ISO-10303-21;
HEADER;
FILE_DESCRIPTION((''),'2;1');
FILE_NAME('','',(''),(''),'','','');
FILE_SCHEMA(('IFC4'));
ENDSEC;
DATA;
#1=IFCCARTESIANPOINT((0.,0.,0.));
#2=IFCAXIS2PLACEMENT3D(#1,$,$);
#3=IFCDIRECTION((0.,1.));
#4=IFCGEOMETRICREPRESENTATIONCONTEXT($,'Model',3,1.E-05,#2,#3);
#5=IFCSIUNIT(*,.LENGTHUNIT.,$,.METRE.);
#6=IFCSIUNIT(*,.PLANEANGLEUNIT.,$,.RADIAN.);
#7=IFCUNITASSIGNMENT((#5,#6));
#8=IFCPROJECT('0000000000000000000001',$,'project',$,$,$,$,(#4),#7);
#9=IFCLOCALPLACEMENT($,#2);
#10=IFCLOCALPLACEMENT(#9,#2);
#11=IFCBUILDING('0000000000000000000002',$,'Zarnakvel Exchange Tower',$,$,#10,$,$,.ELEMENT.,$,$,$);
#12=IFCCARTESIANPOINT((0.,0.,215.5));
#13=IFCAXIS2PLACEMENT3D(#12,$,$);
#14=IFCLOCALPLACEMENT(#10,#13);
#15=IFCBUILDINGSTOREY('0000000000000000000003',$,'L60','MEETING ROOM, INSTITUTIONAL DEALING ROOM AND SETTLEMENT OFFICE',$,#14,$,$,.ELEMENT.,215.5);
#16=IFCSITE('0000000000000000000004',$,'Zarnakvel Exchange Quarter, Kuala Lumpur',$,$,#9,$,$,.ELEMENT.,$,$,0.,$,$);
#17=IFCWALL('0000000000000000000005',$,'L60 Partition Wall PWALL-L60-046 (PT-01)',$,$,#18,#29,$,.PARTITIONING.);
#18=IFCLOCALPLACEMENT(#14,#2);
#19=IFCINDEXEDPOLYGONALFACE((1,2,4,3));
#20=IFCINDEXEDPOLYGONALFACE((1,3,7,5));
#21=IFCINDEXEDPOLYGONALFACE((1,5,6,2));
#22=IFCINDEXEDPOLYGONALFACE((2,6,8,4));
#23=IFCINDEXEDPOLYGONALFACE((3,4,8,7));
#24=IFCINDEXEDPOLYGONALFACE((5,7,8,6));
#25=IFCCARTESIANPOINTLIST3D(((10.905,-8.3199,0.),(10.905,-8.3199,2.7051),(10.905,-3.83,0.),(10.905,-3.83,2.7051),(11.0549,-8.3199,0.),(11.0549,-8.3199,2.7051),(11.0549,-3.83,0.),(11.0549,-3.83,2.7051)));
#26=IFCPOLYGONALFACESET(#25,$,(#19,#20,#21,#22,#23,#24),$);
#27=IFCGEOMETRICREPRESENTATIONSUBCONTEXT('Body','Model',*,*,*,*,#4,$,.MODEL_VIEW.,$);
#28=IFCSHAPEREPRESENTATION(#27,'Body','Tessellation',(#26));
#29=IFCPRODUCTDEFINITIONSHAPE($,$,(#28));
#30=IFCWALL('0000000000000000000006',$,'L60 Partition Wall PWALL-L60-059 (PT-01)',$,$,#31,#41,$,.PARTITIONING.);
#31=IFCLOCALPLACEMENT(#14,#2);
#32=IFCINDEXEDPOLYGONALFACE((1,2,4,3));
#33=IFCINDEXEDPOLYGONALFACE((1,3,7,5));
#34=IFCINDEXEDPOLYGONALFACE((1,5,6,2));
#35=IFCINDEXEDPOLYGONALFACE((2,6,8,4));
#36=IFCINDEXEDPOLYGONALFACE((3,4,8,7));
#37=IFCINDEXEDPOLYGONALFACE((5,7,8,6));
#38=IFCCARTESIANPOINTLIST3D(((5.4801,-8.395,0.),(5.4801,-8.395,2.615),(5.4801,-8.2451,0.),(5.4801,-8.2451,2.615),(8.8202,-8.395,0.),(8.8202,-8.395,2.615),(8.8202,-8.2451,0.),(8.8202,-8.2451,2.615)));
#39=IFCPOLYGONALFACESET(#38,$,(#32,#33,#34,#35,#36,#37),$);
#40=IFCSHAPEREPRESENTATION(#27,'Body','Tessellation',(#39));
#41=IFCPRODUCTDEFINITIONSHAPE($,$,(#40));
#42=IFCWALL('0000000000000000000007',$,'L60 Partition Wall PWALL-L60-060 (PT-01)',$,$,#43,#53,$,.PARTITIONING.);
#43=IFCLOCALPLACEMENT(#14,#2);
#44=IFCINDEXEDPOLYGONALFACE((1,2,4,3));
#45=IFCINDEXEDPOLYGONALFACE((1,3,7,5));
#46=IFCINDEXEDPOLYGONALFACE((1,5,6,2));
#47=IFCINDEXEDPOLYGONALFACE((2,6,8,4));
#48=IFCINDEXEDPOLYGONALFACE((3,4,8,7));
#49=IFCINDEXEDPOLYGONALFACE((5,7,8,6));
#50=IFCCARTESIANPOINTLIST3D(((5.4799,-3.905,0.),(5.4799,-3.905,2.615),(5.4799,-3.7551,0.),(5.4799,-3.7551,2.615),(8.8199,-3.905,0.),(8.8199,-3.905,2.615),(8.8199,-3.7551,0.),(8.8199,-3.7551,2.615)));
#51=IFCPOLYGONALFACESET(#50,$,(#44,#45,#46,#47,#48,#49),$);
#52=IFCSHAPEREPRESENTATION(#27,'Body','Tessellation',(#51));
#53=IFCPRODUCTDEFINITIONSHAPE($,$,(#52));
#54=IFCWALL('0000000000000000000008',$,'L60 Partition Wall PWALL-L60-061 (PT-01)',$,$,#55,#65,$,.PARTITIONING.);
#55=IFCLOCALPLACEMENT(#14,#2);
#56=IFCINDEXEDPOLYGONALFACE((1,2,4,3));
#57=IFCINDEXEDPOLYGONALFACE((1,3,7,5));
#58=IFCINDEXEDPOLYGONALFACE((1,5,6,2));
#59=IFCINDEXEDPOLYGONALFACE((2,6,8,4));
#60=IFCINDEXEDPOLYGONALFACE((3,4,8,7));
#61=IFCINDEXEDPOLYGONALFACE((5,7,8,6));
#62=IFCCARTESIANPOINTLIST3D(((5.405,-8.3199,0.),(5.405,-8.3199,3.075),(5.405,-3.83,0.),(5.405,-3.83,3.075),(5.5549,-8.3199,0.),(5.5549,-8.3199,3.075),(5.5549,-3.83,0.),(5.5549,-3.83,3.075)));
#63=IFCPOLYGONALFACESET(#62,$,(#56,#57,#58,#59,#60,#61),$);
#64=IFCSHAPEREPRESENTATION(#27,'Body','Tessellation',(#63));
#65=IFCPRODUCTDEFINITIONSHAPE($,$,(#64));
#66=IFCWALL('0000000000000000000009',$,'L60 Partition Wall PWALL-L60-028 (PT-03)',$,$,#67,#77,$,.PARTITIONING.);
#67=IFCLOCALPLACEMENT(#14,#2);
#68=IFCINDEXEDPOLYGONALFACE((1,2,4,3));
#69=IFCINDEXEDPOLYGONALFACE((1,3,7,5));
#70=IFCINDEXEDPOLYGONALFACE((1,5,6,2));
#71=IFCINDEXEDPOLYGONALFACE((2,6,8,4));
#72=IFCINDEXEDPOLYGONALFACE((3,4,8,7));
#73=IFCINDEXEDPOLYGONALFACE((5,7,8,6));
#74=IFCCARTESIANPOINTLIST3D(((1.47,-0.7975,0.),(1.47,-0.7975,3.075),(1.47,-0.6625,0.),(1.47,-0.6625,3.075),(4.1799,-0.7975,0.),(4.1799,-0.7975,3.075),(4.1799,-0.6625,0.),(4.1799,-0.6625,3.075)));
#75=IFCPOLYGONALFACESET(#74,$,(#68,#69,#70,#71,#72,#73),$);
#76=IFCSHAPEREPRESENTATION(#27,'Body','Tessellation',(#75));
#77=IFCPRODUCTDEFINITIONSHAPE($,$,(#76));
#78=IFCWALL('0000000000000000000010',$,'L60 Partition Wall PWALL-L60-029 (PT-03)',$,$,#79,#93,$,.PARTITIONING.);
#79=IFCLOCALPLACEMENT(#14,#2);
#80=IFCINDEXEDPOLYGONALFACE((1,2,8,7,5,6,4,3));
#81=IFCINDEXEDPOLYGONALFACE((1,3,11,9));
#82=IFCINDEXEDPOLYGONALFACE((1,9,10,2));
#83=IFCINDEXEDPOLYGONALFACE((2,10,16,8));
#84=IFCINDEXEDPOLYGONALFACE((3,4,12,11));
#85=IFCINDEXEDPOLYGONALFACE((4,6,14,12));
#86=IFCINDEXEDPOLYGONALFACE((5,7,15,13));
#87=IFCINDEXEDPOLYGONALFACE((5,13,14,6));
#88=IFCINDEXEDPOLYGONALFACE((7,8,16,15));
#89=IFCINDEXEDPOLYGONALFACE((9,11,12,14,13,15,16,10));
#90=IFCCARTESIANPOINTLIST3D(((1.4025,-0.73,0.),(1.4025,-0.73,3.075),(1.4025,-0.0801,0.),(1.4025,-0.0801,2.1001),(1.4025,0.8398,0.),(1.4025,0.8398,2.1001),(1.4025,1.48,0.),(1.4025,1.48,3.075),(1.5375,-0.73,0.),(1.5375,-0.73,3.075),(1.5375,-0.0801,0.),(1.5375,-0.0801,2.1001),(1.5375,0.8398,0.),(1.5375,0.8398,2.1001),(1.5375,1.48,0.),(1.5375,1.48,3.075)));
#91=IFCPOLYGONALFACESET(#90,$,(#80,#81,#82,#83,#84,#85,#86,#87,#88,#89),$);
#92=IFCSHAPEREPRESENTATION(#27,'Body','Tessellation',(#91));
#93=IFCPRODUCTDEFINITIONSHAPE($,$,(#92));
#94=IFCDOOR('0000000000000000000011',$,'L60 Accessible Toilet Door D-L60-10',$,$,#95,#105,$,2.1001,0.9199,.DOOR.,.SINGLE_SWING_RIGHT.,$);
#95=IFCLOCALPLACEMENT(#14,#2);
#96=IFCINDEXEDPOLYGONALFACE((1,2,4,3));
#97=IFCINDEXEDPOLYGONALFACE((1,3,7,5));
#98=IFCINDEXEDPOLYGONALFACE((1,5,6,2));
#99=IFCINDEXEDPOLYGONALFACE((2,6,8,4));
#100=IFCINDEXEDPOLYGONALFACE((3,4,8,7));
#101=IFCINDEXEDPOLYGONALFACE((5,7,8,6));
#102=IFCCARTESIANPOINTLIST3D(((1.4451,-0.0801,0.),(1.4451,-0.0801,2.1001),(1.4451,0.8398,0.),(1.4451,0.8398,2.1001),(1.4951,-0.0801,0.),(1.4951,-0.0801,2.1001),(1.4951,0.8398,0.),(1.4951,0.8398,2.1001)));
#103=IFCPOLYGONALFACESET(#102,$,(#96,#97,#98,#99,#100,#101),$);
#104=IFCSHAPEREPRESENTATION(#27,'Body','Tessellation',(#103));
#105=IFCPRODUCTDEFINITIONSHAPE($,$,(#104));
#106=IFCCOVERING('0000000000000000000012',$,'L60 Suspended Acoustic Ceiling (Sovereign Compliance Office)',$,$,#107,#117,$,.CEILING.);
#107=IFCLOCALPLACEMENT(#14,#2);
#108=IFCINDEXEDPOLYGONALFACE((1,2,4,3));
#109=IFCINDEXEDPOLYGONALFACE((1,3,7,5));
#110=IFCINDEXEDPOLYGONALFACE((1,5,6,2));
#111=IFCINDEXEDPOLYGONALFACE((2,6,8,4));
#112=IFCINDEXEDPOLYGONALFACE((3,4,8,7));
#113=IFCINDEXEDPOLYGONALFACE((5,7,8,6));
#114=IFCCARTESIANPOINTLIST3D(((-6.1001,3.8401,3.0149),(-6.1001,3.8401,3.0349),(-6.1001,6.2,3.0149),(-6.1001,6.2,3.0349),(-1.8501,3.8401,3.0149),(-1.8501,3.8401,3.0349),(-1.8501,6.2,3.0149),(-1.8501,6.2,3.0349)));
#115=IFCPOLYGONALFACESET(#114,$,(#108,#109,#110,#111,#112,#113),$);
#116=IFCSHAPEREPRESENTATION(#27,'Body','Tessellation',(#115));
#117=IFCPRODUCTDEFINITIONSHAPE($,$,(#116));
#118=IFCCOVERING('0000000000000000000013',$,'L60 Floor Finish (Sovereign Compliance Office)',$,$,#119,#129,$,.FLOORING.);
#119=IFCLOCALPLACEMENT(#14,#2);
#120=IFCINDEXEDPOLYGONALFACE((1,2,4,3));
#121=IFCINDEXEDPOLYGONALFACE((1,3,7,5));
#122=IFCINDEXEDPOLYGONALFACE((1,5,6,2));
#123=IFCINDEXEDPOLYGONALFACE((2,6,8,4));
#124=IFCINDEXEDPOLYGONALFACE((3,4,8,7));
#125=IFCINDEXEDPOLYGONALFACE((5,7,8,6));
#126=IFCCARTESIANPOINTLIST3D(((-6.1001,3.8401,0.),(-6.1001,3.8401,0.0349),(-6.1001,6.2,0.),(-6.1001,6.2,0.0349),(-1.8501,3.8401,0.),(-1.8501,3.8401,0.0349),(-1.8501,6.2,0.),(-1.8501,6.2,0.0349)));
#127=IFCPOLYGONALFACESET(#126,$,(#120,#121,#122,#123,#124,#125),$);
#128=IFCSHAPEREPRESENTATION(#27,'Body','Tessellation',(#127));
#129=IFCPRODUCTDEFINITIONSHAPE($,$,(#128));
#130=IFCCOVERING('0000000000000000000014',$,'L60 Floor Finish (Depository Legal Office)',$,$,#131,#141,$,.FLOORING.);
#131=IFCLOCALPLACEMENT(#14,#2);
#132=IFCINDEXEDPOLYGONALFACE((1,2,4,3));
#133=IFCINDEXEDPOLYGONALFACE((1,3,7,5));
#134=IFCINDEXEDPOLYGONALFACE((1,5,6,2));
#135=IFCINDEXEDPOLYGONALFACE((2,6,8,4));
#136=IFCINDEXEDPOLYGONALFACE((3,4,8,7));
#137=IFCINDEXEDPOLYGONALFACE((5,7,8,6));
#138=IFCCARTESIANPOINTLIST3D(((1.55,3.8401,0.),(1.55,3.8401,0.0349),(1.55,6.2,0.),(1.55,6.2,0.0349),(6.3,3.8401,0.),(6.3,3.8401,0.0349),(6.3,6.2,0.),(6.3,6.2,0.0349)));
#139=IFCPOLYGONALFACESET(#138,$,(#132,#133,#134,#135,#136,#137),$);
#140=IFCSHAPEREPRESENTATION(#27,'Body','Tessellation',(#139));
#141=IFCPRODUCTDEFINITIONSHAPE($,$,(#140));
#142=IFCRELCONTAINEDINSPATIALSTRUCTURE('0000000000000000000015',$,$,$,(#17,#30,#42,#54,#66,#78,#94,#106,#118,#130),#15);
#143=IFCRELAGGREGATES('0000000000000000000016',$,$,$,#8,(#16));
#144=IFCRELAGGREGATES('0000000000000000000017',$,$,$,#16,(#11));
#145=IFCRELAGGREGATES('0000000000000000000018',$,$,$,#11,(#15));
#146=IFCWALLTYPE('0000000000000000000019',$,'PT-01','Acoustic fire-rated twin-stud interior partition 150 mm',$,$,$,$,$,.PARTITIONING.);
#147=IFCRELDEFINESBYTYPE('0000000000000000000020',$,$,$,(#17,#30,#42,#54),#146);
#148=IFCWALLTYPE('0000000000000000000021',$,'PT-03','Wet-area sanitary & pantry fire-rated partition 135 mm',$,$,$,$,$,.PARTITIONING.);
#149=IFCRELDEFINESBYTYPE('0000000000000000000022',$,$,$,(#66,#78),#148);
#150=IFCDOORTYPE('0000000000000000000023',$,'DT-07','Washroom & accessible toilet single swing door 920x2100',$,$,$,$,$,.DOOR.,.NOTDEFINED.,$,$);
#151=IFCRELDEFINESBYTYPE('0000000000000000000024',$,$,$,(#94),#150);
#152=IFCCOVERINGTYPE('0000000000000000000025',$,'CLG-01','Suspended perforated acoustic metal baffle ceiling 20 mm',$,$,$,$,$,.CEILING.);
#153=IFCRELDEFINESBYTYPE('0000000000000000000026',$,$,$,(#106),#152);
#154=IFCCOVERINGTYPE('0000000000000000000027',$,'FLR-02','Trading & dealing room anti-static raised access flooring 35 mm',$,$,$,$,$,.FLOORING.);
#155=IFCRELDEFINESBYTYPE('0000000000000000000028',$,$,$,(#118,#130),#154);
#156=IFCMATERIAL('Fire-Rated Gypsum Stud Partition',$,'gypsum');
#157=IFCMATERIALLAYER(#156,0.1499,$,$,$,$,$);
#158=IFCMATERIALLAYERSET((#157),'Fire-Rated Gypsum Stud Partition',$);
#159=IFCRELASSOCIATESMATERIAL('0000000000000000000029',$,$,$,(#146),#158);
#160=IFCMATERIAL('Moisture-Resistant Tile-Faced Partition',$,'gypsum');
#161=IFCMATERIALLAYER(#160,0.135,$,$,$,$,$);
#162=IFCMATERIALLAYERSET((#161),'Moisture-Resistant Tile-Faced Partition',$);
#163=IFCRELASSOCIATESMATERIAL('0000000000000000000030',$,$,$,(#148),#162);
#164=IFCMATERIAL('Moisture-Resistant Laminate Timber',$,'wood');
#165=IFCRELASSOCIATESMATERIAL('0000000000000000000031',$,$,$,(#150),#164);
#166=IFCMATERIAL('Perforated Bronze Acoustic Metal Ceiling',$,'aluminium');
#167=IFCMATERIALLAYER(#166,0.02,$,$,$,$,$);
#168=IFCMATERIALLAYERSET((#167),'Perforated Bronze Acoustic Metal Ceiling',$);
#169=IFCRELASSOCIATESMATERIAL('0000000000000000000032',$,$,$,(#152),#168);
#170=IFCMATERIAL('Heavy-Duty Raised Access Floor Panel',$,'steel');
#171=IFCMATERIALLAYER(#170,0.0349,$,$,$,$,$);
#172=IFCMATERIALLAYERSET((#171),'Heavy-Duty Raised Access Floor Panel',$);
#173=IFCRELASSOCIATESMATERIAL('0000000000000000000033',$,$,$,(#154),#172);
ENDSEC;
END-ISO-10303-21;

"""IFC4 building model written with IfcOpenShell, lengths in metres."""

from ifc_helpers import new_model, si_unit, direction, frame, frame_2d, origin, place, context, subcontext, project, spatial, polyline, rectangle, outline, extrude, source, transform, mapped, material, layer, layer_set, type_object, element, fill, save


model = new_model("IFC4")

# Units and contexts
model_context = context("Model", 3, precision=1e-05, world=origin(), true_north=direction((0.0, 1.0)))
body_context = subcontext(model_context, "Body", "Model", "MODEL_VIEW")
ifc_project = project(units=[si_unit("LENGTHUNIT", "METRE"), si_unit("PLANEANGLEUNIT", "RADIAN")], contexts=[model_context])

# Site, building, storey
site_placement = place(None, origin())
site = spatial("IfcSite", under=ifc_project, at=site_placement, Name="Zarnakvel Exchange Quarter, Kuala Lumpur", CompositionType="ELEMENT", RefElevation=0.0)
building_placement = place(site_placement, origin())
building = spatial("IfcBuilding", under=site, at=building_placement, Name="Zarnakvel Exchange Tower", CompositionType="ELEMENT")
storey_placement = place(building_placement, frame((0.0, 0.0, 215.5)))
storey = spatial("IfcBuildingStorey", under=building, at=storey_placement, Name="L60", Description="MEETING ROOM, INSTITUTIONAL DEALING ROOM AND SETTLEMENT OFFICE", CompositionType="ELEMENT", Elevation=215.5)

# Shared definitions
ifc_material_1 = material(Name="Fire-Rated Gypsum Stud Partition", Category="gypsum")
ifc_layer_1 = layer(ifc_material_1, 0.1499)
ifc_layer_set_1 = layer_set([ifc_layer_1], Name="Fire-Rated Gypsum Stud Partition")
wall_type_1 = type_object("IfcWallType", Name="PT-01", Description="Acoustic fire-rated twin-stud interior partition 150 mm", PredefinedType="PARTITIONING", material=ifc_layer_set_1)

# Walls
wall_1_placement = place(storey_placement, frame((10.98, -8.3201, 0.0), z_axis=(0.0, 0.0, 1.0), x_axis=(0.0, 1.0, 0.0)))
element("IfcWall", 1, at=wall_1_placement, inside=storey, type_object=wall_type_1, Name="L60 Partition Wall PWALL-L60-046 (PT-01)", PredefinedType="PARTITIONING", context=body_context, shape_type="SweptSolid", body=[
    extrude(rectangle(XDim=4.49, YDim=0.1499, at=frame_2d((2.2451, 0.0))), origin(), (0.0, 0.0, 1.0), 2.7051),
])
for number, where, z_axis, x_axis, name in (
    (2, (8.8201, -8.3201, 0.0), (0.0, 0.0, 1.0), (-1.0, 0.0, 0.0), "L60 Partition Wall PWALL-L60-059 (PT-01)"),
    (3, (5.48, -3.8301, 0.0), (0.0, 0.0, 1.0), (1.0, 0.0, 0.0), "L60 Partition Wall PWALL-L60-060 (PT-01)"),
):
    element("IfcWall", number, at=place(storey_placement, frame(where, z_axis=z_axis, x_axis=x_axis)), inside=storey, type_object=wall_type_1, Name=name, PredefinedType="PARTITIONING", context=body_context, shape_type="SweptSolid", body=[
        extrude(rectangle(XDim=3.3401, YDim=0.1499, at=frame_2d((1.6699, 0.0))), origin(), (0.0, 0.0, 1.0), 2.615),
    ])
wall_2_placement = place(storey_placement, frame((5.48, -8.3201, 0.0), z_axis=(0.0, 0.0, 1.0), x_axis=(0.0, 1.0, 0.0)))
element("IfcWall", 4, at=wall_2_placement, inside=storey, type_object=wall_type_1, Name="L60 Partition Wall PWALL-L60-061 (PT-01)", PredefinedType="PARTITIONING", context=body_context, shape_type="SweptSolid", body=[
    extrude(rectangle(XDim=4.49, YDim=0.1499, at=frame_2d((2.2451, 0.0))), origin(), (0.0, 0.0, 1.0), 3.075),
])

# Wall
ifc_material_2 = material(Name="Moisture-Resistant Tile-Faced Partition", Category="gypsum")
ifc_layer_2 = layer(ifc_material_2, 0.135)
ifc_layer_set_2 = layer_set([ifc_layer_2], Name="Moisture-Resistant Tile-Faced Partition")
wall_type_2 = type_object("IfcWallType", Name="PT-03", Description="Wet-area sanitary & pantry fire-rated partition 135 mm", PredefinedType="PARTITIONING", material=ifc_layer_set_2)
wall_3_placement = place(storey_placement, frame((4.1799, -0.73, 0.0), z_axis=(0.0, 0.0, 1.0), x_axis=(-1.0, 0.0, 0.0)))
element("IfcWall", 5, at=wall_3_placement, inside=storey, type_object=wall_type_2, Name="L60 Partition Wall PWALL-L60-028 (PT-03)", PredefinedType="PARTITIONING", context=body_context, shape_type="SweptSolid", body=[
    extrude(rectangle(XDim=2.71, YDim=0.135, at=frame_2d((1.355, 0.0))), origin(), (0.0, 0.0, 1.0), 3.075),
])

# Wall, opening, door
wall_4_placement = place(storey_placement, frame((1.47, -0.73, 0.0), z_axis=(0.0, 0.0, 1.0), x_axis=(0.0, 1.0, 0.0)))
wall_4 = element("IfcWall", 6, at=wall_4_placement, inside=storey, type_object=wall_type_2, Name="L60 Partition Wall PWALL-L60-029 (PT-03)", PredefinedType="PARTITIONING", context=body_context, shape_type="SweptSolid", body=[
    extrude(rectangle(XDim=2.21, YDim=0.135, at=frame_2d((1.105, 0.0))), origin(), (0.0, 0.0, 1.0), 3.075),
])
opening_1_placement = place(wall_4_placement, frame((0.6499, 0.0, 0.0)))
opening_1 = element("IfcOpeningElement", 7, at=opening_1_placement, cuts=wall_4, PredefinedType="OPENING", context=body_context, shape_type="SweptSolid", body=[
    extrude(rectangle(XDim=0.9199, YDim=2.1001, at=frame_2d((0.46, 1.05))), frame((0.0, 0.0774, 0.0), z_axis=(0.0, -1.0, 0.0), x_axis=(1.0, 0.0, 0.0)), (0.0, 0.0, 1.0), 0.155),
])
ifc_material_3 = material(Name="Moisture-Resistant Laminate Timber", Category="wood")
door_type_1 = type_object("IfcDoorType", Name="DT-07", Description="Washroom & accessible toilet single swing door 920x2100", OperationType="NOTDEFINED", PredefinedType="DOOR", material=ifc_material_3)
shared_shape_1 = source(origin(), body_context, "Body", "SweptSolid", [
    extrude(rectangle(XDim=0.9199, YDim=2.1001, at=frame_2d((0.46, 1.05))), frame((0.0, 0.0249, 0.0), z_axis=(0.0, -1.0, 0.0), x_axis=(1.0, 0.0, 0.0)), (0.0, 0.0, 1.0), 0.05),
])
door_1_placement = place(opening_1_placement, origin())
door_1 = element("IfcDoor", 8, at=door_1_placement, inside=storey, type_object=door_type_1, Name="L60 Accessible Toilet Door D-L60-10", OperationType="SINGLE_SWING_RIGHT", OverallHeight=2.1001, OverallWidth=0.9199, PredefinedType="DOOR", context=body_context, shape_type="MappedRepresentation", body=[
    mapped(shared_shape_1, transform((0.0, 0.0, 0.0), x_axis=(1.0, 0.0, 0.0), y_axis=(0.0, 1.0, 0.0), z_axis=(0.0, 0.0, 1.0), scale=1.0)),
])
fill(opening_1, door_1)

# Coverings
ifc_material_4 = material(Name="Perforated Bronze Acoustic Metal Ceiling", Category="aluminium")
ifc_layer_3 = layer(ifc_material_4, 0.02)
ifc_layer_set_3 = layer_set([ifc_layer_3], Name="Perforated Bronze Acoustic Metal Ceiling")
covering_type_1 = type_object("IfcCoveringType", Name="CLG-01", Description="Suspended perforated acoustic metal baffle ceiling 20 mm", PredefinedType="CEILING", material=ifc_layer_set_3)
covering_1_placement = place(storey_placement, frame((0.0, 0.0, 3.0149)))
element("IfcCovering", 9, at=covering_1_placement, inside=storey, type_object=covering_type_1, Name="L60 Suspended Acoustic Ceiling (Sovereign Compliance Office)", PredefinedType="CEILING", context=body_context, shape_type="SweptSolid", body=[
    extrude(outline(polyline([(-6.1001, 6.2), (-1.8501, 6.2), (-1.8501, 3.8401), (-6.1001, 3.8401), (-6.1001, 6.2)])), origin(), (0.0, 0.0, 1.0), 0.02),
])
ifc_material_5 = material(Name="Heavy-Duty Raised Access Floor Panel", Category="steel")
ifc_layer_4 = layer(ifc_material_5, 0.0349)
ifc_layer_set_4 = layer_set([ifc_layer_4], Name="Heavy-Duty Raised Access Floor Panel")
covering_type_2 = type_object("IfcCoveringType", Name="FLR-02", Description="Trading & dealing room anti-static raised access flooring 35 mm", PredefinedType="FLOORING", material=ifc_layer_set_4)
covering_2_placement = place(storey_placement, origin())
element("IfcCovering", 10, at=covering_2_placement, inside=storey, type_object=covering_type_2, Name="L60 Floor Finish (Sovereign Compliance Office)", PredefinedType="FLOORING", context=body_context, shape_type="SweptSolid", body=[
    extrude(outline(polyline([(-6.1001, 6.2), (-1.8501, 6.2), (-1.8501, 3.8401), (-6.1001, 3.8401), (-6.1001, 6.2)])), origin(), (0.0, 0.0, 1.0), 0.0349),
])
covering_3_placement = place(storey_placement, origin())
element("IfcCovering", 11, at=covering_3_placement, inside=storey, type_object=covering_type_2, Name="L60 Floor Finish (Depository Legal Office)", PredefinedType="FLOORING", context=body_context, shape_type="SweptSolid", body=[
    extrude(outline(polyline([(1.55, 6.2), (6.3, 6.2), (6.3, 3.8401), (1.55, 3.8401), (1.55, 6.2)])), origin(), (0.0, 0.0, 1.0), 0.0349),
])

save(model, "model.ifc")
